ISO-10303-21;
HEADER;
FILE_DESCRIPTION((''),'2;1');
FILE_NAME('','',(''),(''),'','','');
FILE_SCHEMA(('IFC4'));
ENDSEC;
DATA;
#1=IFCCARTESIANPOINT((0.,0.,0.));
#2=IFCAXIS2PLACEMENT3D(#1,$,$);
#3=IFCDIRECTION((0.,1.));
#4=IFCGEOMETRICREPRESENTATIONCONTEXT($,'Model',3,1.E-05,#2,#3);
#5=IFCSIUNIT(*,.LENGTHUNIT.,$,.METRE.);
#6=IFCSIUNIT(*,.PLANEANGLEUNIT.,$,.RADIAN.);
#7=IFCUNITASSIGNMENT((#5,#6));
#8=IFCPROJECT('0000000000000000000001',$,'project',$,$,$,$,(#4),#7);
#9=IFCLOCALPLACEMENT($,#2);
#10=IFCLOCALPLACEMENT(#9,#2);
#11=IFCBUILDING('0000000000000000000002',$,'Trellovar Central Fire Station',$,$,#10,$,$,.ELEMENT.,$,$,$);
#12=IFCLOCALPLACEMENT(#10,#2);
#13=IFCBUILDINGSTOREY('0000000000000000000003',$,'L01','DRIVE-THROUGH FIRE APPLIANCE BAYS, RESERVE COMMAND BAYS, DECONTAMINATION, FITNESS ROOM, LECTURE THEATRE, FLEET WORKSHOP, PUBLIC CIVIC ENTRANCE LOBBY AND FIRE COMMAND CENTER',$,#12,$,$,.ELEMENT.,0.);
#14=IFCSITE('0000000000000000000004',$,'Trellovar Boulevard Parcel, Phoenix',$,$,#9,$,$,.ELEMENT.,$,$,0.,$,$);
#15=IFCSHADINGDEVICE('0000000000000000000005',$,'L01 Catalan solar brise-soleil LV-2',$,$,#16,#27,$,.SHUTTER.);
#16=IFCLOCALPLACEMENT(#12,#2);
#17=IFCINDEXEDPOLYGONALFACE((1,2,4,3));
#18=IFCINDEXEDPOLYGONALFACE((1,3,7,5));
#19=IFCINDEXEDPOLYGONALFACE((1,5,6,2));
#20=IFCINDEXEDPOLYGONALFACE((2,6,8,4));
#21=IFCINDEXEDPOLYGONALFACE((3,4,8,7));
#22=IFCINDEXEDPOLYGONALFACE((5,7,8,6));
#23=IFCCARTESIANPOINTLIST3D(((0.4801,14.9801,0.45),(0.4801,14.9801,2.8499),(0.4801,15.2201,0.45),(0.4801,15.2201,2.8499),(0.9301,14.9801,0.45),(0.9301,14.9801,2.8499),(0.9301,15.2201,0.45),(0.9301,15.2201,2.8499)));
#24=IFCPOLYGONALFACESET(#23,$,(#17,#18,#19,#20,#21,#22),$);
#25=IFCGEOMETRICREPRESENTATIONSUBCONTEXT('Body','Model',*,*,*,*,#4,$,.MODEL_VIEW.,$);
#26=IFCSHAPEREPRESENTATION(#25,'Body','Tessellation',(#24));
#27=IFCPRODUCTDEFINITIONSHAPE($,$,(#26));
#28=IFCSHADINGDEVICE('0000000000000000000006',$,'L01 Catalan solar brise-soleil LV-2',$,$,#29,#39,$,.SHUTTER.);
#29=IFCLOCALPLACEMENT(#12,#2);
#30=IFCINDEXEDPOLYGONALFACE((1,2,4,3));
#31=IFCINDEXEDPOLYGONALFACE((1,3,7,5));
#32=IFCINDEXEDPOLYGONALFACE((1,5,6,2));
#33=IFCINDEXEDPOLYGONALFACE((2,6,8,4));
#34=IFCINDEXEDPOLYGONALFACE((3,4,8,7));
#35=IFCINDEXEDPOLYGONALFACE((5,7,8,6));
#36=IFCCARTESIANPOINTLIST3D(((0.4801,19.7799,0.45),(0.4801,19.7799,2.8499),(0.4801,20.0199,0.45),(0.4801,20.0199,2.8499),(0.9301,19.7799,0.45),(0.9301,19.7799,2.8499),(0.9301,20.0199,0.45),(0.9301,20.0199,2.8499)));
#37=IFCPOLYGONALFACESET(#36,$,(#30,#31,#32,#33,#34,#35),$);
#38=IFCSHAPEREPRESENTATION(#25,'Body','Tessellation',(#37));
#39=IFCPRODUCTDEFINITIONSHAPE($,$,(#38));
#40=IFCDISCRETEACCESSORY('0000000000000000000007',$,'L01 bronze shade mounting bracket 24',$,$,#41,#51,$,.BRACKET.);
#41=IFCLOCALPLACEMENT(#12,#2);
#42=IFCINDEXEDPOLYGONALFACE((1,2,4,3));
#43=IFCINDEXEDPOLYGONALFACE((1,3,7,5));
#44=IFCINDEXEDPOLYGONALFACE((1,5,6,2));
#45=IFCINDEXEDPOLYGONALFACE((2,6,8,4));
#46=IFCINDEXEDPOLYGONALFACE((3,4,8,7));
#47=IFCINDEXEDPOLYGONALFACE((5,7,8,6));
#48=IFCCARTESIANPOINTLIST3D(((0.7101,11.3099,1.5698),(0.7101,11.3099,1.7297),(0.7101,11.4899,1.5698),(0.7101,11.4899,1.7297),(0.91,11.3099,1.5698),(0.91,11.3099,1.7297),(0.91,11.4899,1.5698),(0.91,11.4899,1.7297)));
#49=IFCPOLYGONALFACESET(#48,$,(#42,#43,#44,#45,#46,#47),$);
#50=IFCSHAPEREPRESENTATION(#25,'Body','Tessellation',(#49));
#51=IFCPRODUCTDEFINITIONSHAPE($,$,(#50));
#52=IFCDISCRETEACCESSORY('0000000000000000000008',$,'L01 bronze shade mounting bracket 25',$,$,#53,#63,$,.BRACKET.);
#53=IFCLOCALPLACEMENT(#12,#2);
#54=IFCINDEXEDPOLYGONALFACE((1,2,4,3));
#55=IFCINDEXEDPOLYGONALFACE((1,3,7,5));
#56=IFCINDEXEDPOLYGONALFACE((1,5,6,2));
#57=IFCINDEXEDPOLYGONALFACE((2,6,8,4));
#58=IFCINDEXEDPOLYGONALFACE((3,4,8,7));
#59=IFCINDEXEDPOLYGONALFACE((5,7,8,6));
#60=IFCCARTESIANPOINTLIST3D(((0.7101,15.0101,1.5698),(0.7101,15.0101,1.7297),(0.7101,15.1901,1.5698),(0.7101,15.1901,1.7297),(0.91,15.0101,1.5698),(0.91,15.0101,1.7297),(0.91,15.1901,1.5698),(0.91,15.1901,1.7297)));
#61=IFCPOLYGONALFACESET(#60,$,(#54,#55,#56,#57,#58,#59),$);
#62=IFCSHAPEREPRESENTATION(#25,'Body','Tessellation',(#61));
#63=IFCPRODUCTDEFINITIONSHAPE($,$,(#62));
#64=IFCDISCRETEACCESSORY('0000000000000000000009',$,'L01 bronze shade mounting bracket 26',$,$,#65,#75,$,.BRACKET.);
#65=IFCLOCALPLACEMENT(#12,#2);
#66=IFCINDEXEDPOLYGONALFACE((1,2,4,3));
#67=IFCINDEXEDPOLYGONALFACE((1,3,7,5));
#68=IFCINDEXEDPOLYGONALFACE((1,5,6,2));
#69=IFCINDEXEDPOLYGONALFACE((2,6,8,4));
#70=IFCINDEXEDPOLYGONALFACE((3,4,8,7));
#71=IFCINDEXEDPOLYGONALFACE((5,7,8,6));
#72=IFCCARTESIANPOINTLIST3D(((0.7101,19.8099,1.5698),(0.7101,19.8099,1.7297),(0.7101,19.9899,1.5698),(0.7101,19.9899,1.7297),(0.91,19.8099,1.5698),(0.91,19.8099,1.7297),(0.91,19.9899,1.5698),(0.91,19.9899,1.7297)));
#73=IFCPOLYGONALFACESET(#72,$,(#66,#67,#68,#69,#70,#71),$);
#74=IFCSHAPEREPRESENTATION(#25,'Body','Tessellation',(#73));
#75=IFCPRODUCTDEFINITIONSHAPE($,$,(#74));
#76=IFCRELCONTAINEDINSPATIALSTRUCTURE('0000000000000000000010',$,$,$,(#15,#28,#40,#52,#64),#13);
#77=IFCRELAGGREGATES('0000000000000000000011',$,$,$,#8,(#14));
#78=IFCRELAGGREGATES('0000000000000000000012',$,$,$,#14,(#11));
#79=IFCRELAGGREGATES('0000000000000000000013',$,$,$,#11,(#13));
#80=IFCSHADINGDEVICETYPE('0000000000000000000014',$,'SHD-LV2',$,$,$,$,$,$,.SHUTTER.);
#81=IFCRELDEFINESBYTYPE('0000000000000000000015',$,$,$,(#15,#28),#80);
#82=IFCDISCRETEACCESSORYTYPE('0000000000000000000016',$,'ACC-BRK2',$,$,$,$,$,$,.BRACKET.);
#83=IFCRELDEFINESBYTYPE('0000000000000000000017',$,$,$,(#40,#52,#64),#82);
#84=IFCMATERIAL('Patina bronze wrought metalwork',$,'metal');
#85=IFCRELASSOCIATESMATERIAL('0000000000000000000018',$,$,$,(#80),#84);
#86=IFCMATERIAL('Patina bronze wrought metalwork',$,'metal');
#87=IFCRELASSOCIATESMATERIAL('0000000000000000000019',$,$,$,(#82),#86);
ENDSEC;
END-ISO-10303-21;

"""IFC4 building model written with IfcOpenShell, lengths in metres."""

from ifc_helpers import new_model, si_unit, direction, frame, origin, origin_2d, place, context, subcontext, project, spatial, rectangle, extrude, material, type_object, element, save


model = new_model("IFC4")

# Units and contexts
model_context = context("Model", 3, precision=1e-05, world=origin(), true_north=direction((0.0, 1.0)))
body_context = subcontext(model_context, "Body", "Model", "MODEL_VIEW")
ifc_project = project(units=[si_unit("LENGTHUNIT", "METRE"), si_unit("PLANEANGLEUNIT", "RADIAN")], contexts=[model_context])

# Site, building, storey
site_placement = place(None, origin())
site = spatial("IfcSite", under=ifc_project, at=site_placement, Name="Trellovar Boulevard Parcel, Phoenix", CompositionType="ELEMENT", RefElevation=0.0)
building_placement = place(site_placement, origin())
building = spatial("IfcBuilding", under=site, at=building_placement, Name="Trellovar Central Fire Station", CompositionType="ELEMENT")
storey_placement = place(building_placement, origin())
storey = spatial("IfcBuildingStorey", under=building, at=storey_placement, Name="L01", Description="DRIVE-THROUGH FIRE APPLIANCE BAYS, RESERVE COMMAND BAYS, DECONTAMINATION, FITNESS ROOM, LECTURE THEATRE, FLEET WORKSHOP, PUBLIC CIVIC ENTRANCE LOBBY AND FIRE COMMAND CENTER", CompositionType="ELEMENT", Elevation=0.0)

# Shading devices
ifc_material_1 = material(Name="Patina bronze wrought metalwork", Category="metal")
shading_device_type = type_object("IfcShadingDeviceType", Name="SHD-LV2", PredefinedType="SHUTTER", material=ifc_material_1)
for number, where, z_axis, x_axis, name in (
    (1, (0.7051, 15.1001, 0.45), (0.0, 0.0, 1.0), (1.0, 0.0, 0.0), "L01 Catalan solar brise-soleil LV-2"),
    (2, (0.7051, 19.8999, 0.45), (0.0, 0.0, 1.0), (1.0, 0.0, 0.0), "L01 Catalan solar brise-soleil LV-2"),
):
    element("IfcShadingDevice", number, at=place(storey_placement, frame(where, z_axis=z_axis, x_axis=x_axis)), inside=storey, type_object=shading_device_type, Name=name, PredefinedType="SHUTTER", context=body_context, shape_type="SweptSolid", body=[
        extrude(rectangle(XDim=0.45, YDim=0.24, at=origin_2d()), origin(), (0.0, 0.0, 1.0), 2.3999),
    ])

# Discrete accessories
ifc_material_2 = material(Name="Patina bronze wrought metalwork", Category="metal")
discrete_accessory_type = type_object("IfcDiscreteAccessoryType", Name="ACC-BRK2", PredefinedType="BRACKET", material=ifc_material_2)
for number, where, z_axis, x_axis, name in (
    (3, (0.8101, 11.3999, 1.5698), (0.0, 0.0, 1.0), (1.0, 0.0, 0.0), "L01 bronze shade mounting bracket 24"),
    (4, (0.8101, 15.1001, 1.5698), (0.0, 0.0, 1.0), (1.0, 0.0, 0.0), "L01 bronze shade mounting bracket 25"),
    (5, (0.8101, 19.8999, 1.5698), (0.0, 0.0, 1.0), (1.0, 0.0, 0.0), "L01 bronze shade mounting bracket 26"),
):
    element("IfcDiscreteAccessory", number, at=place(storey_placement, frame(where, z_axis=z_axis, x_axis=x_axis)), inside=storey, type_object=discrete_accessory_type, Name=name, PredefinedType="BRACKET", context=body_context, shape_type="SweptSolid", body=[
        extrude(rectangle(XDim=0.2, YDim=0.1799, at=origin_2d()), origin(), (0.0, 0.0, 1.0), 0.1599),
    ])

save(model, "model.ifc")
